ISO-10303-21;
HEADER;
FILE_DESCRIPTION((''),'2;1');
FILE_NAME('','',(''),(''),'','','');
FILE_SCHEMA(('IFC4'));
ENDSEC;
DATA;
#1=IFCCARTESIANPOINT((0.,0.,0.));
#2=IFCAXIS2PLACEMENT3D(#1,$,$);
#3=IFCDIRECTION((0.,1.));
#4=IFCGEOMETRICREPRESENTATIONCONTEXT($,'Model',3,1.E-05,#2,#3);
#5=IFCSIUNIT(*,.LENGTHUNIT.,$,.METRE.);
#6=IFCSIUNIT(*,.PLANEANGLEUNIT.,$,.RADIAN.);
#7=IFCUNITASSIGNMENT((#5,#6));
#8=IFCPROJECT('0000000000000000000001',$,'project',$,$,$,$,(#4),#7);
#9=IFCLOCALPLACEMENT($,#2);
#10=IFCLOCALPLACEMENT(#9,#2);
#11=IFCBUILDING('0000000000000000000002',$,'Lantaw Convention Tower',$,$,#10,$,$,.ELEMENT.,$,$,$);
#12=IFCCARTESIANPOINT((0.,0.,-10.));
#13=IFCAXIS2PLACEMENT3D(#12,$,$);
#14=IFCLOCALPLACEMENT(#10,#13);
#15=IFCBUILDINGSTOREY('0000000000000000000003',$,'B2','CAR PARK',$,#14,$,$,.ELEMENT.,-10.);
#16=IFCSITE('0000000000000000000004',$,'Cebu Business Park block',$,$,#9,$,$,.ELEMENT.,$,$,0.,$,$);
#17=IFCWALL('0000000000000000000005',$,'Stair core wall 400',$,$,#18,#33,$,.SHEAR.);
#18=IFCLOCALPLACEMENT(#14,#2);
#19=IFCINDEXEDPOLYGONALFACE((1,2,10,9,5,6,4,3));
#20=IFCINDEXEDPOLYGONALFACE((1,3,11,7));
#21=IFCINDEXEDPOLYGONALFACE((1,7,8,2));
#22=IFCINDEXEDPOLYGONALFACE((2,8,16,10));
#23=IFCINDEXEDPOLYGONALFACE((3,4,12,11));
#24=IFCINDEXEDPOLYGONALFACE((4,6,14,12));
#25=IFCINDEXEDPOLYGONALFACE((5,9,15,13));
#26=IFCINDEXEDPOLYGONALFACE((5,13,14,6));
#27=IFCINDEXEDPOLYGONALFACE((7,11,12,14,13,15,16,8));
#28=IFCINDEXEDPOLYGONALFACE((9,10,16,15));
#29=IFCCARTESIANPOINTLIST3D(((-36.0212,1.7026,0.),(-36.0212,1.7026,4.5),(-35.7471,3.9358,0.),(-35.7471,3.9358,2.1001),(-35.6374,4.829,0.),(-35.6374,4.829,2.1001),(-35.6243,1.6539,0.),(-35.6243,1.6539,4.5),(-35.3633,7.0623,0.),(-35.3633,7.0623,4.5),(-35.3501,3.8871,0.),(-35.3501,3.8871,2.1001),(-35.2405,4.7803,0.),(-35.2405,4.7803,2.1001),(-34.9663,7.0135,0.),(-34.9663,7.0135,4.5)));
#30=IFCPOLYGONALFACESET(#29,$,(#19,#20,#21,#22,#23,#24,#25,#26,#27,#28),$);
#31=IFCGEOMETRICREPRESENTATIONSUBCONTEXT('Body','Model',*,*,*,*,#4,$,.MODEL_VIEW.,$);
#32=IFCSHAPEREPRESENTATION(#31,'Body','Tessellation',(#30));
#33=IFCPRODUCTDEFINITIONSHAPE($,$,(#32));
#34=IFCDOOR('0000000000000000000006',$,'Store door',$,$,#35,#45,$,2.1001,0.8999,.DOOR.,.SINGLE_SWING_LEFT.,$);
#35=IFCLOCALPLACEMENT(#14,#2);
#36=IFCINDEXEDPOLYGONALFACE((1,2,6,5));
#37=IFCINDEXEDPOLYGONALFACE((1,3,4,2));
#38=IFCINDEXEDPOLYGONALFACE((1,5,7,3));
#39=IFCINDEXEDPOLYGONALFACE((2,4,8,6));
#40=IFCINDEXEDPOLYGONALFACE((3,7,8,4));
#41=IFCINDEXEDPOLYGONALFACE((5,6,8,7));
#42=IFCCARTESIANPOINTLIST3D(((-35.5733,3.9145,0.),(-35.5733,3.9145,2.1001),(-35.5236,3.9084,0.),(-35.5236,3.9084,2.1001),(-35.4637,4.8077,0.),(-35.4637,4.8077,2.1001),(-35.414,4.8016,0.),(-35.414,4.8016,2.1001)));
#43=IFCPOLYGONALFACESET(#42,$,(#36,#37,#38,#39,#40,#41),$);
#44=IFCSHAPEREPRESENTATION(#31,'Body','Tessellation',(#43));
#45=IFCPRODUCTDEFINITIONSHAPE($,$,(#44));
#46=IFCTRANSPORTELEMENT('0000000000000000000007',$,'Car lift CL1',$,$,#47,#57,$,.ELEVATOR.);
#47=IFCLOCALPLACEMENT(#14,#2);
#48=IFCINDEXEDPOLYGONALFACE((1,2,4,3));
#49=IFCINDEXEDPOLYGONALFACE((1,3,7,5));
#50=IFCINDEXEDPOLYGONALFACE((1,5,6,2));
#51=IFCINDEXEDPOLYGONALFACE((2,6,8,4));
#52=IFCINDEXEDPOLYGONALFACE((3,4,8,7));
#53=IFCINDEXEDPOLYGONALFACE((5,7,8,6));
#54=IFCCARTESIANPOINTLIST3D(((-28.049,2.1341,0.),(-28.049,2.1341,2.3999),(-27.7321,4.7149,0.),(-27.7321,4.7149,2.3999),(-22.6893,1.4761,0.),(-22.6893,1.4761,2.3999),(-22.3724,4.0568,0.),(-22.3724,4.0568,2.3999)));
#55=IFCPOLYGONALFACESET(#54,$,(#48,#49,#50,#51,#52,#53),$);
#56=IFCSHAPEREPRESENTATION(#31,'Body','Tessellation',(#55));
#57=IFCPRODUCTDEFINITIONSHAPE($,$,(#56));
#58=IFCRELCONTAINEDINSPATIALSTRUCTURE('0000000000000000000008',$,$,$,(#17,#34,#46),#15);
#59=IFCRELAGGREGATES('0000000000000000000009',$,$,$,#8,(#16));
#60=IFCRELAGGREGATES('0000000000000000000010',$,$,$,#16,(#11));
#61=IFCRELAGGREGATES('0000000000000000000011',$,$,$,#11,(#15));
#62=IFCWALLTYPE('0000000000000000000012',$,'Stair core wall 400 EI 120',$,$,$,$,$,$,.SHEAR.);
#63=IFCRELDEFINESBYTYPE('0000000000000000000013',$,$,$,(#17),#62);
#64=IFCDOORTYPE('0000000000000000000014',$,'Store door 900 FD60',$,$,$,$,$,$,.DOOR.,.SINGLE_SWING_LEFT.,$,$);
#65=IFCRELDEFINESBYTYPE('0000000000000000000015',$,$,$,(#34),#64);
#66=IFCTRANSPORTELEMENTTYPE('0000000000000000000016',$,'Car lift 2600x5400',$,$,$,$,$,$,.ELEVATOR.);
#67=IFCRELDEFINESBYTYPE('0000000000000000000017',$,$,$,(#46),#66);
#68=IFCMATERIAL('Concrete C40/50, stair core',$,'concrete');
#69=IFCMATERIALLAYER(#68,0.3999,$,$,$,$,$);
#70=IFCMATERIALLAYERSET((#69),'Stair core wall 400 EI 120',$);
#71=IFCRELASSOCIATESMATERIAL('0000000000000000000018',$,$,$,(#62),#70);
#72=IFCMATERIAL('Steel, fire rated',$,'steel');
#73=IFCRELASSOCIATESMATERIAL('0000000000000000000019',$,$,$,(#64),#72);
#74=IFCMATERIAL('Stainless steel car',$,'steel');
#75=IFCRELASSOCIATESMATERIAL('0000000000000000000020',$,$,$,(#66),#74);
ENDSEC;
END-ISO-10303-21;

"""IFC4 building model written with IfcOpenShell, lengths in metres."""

from ifc_helpers import new_model, si_unit, direction, frame, frame_2d, origin, origin_2d, place, context, subcontext, project, spatial, rectangle, extrude, material, layer, layer_set, type_object, element, fill, save


model = new_model("IFC4")

# Units and contexts
model_context = context("Model", 3, precision=1e-05, world=origin(), true_north=direction((0.0, 1.0)))
body_context = subcontext(model_context, "Body", "Model", "MODEL_VIEW")
ifc_project = project(units=[si_unit("LENGTHUNIT", "METRE"), si_unit("PLANEANGLEUNIT", "RADIAN")], contexts=[model_context])

# Site, building, storey
site_placement = place(None, origin())
site = spatial("IfcSite", under=ifc_project, at=site_placement, Name="Cebu Business Park block", CompositionType="ELEMENT", RefElevation=0.0)
building_placement = place(site_placement, origin())
building = spatial("IfcBuilding", under=site, at=building_placement, Name="Lantaw Convention Tower", CompositionType="ELEMENT")
storey_placement = place(building_placement, frame((0.0, 0.0, -10.0)))
storey = spatial("IfcBuildingStorey", under=building, at=storey_placement, Name="B2", Description="CAR PARK", CompositionType="ELEMENT", Elevation=-10.0)

# Shared definitions
ifc_material_1 = material(Name="Concrete C40/50, stair core", Category="concrete")
ifc_layer_1 = layer(ifc_material_1, 0.3999)
ifc_layer_set_1 = layer_set([ifc_layer_1], Name="Stair core wall 400 EI 120")
wall_type_1 = type_object("IfcWallType", Name="Stair core wall 400 EI 120", PredefinedType="SHEAR", material=ifc_layer_set_1)
ifc_material_2 = material(Name="Steel, fire rated", Category="steel")
door_type_1 = type_object("IfcDoorType", Name="Store door 900 FD60", OperationType="SINGLE_SWING_LEFT", PredefinedType="DOOR", material=ifc_material_2)

# Wall, opening, door
wall_1_placement = place(storey_placement, frame((-35.8228, 1.6782, 0.0), z_axis=(0.0, 0.0, 1.0), x_axis=(0.121848, 0.992549, 0.0)))
wall_1 = element("IfcWall", 1, at=wall_1_placement, inside=storey, type_object=wall_type_1, Name="Stair core wall 400", PredefinedType="SHEAR", context=body_context, shape_type="SweptSolid", body=[
    extrude(rectangle(XDim=5.3999, YDim=0.3999, at=frame_2d((2.7, 0.0))), origin(), (0.0, 0.0, 1.0), 4.5),
])
opening_1_placement = place(wall_1_placement, frame((2.25, 0.0, 0.0)))
opening_1 = element("IfcOpeningElement", 2, at=opening_1_placement, cuts=wall_1, PredefinedType="OPENING", context=body_context, shape_type="SweptSolid", body=[
    extrude(rectangle(XDim=0.8999, YDim=2.1001, at=frame_2d((0.45, 1.05))), frame((0.0, 0.21, 0.0), z_axis=(0.0, -1.0, 0.0), x_axis=(1.0, 0.0, 0.0)), (0.0, 0.0, 1.0), 0.4199),
])
door_1_placement = place(opening_1_placement, origin())
door_1 = element("IfcDoor", 3, at=door_1_placement, inside=storey, type_object=door_type_1, Name="Store door", OperationType="SINGLE_SWING_LEFT", OverallHeight=2.1001, OverallWidth=0.8999, PredefinedType="DOOR", context=body_context, shape_type="SweptSolid", body=[
    extrude(rectangle(XDim=0.8999, YDim=2.1001, at=frame_2d((0.45, 1.05))), frame((0.0, 0.0249, 0.0), z_axis=(0.0, -1.0, 0.0), x_axis=(1.0, 0.0, 0.0)), (0.0, 0.0, 1.0), 0.05),
])
fill(opening_1, door_1)

# Transport element
ifc_material_3 = material(Name="Stainless steel car", Category="steel")
transport_element_type = type_object("IfcTransportElementType", Name="Car lift 2600x5400", PredefinedType="ELEVATOR", material=ifc_material_3)
transport_element_placement = place(storey_placement, frame((-25.2107, 3.0955, 0.0), z_axis=(0.0, 0.0, 1.0), x_axis=(-0.992546, 0.121869, 0.0)))
element("IfcTransportElement", 4, at=transport_element_placement, inside=storey, type_object=transport_element_type, Name="Car lift CL1", PredefinedType="ELEVATOR", context=body_context, shape_type="SweptSolid", body=[
    extrude(rectangle(XDim=5.3999, YDim=2.6001, at=origin_2d()), origin(), (0.0, 0.0, 1.0), 2.3999),
])

save(model, "model.ifc")
